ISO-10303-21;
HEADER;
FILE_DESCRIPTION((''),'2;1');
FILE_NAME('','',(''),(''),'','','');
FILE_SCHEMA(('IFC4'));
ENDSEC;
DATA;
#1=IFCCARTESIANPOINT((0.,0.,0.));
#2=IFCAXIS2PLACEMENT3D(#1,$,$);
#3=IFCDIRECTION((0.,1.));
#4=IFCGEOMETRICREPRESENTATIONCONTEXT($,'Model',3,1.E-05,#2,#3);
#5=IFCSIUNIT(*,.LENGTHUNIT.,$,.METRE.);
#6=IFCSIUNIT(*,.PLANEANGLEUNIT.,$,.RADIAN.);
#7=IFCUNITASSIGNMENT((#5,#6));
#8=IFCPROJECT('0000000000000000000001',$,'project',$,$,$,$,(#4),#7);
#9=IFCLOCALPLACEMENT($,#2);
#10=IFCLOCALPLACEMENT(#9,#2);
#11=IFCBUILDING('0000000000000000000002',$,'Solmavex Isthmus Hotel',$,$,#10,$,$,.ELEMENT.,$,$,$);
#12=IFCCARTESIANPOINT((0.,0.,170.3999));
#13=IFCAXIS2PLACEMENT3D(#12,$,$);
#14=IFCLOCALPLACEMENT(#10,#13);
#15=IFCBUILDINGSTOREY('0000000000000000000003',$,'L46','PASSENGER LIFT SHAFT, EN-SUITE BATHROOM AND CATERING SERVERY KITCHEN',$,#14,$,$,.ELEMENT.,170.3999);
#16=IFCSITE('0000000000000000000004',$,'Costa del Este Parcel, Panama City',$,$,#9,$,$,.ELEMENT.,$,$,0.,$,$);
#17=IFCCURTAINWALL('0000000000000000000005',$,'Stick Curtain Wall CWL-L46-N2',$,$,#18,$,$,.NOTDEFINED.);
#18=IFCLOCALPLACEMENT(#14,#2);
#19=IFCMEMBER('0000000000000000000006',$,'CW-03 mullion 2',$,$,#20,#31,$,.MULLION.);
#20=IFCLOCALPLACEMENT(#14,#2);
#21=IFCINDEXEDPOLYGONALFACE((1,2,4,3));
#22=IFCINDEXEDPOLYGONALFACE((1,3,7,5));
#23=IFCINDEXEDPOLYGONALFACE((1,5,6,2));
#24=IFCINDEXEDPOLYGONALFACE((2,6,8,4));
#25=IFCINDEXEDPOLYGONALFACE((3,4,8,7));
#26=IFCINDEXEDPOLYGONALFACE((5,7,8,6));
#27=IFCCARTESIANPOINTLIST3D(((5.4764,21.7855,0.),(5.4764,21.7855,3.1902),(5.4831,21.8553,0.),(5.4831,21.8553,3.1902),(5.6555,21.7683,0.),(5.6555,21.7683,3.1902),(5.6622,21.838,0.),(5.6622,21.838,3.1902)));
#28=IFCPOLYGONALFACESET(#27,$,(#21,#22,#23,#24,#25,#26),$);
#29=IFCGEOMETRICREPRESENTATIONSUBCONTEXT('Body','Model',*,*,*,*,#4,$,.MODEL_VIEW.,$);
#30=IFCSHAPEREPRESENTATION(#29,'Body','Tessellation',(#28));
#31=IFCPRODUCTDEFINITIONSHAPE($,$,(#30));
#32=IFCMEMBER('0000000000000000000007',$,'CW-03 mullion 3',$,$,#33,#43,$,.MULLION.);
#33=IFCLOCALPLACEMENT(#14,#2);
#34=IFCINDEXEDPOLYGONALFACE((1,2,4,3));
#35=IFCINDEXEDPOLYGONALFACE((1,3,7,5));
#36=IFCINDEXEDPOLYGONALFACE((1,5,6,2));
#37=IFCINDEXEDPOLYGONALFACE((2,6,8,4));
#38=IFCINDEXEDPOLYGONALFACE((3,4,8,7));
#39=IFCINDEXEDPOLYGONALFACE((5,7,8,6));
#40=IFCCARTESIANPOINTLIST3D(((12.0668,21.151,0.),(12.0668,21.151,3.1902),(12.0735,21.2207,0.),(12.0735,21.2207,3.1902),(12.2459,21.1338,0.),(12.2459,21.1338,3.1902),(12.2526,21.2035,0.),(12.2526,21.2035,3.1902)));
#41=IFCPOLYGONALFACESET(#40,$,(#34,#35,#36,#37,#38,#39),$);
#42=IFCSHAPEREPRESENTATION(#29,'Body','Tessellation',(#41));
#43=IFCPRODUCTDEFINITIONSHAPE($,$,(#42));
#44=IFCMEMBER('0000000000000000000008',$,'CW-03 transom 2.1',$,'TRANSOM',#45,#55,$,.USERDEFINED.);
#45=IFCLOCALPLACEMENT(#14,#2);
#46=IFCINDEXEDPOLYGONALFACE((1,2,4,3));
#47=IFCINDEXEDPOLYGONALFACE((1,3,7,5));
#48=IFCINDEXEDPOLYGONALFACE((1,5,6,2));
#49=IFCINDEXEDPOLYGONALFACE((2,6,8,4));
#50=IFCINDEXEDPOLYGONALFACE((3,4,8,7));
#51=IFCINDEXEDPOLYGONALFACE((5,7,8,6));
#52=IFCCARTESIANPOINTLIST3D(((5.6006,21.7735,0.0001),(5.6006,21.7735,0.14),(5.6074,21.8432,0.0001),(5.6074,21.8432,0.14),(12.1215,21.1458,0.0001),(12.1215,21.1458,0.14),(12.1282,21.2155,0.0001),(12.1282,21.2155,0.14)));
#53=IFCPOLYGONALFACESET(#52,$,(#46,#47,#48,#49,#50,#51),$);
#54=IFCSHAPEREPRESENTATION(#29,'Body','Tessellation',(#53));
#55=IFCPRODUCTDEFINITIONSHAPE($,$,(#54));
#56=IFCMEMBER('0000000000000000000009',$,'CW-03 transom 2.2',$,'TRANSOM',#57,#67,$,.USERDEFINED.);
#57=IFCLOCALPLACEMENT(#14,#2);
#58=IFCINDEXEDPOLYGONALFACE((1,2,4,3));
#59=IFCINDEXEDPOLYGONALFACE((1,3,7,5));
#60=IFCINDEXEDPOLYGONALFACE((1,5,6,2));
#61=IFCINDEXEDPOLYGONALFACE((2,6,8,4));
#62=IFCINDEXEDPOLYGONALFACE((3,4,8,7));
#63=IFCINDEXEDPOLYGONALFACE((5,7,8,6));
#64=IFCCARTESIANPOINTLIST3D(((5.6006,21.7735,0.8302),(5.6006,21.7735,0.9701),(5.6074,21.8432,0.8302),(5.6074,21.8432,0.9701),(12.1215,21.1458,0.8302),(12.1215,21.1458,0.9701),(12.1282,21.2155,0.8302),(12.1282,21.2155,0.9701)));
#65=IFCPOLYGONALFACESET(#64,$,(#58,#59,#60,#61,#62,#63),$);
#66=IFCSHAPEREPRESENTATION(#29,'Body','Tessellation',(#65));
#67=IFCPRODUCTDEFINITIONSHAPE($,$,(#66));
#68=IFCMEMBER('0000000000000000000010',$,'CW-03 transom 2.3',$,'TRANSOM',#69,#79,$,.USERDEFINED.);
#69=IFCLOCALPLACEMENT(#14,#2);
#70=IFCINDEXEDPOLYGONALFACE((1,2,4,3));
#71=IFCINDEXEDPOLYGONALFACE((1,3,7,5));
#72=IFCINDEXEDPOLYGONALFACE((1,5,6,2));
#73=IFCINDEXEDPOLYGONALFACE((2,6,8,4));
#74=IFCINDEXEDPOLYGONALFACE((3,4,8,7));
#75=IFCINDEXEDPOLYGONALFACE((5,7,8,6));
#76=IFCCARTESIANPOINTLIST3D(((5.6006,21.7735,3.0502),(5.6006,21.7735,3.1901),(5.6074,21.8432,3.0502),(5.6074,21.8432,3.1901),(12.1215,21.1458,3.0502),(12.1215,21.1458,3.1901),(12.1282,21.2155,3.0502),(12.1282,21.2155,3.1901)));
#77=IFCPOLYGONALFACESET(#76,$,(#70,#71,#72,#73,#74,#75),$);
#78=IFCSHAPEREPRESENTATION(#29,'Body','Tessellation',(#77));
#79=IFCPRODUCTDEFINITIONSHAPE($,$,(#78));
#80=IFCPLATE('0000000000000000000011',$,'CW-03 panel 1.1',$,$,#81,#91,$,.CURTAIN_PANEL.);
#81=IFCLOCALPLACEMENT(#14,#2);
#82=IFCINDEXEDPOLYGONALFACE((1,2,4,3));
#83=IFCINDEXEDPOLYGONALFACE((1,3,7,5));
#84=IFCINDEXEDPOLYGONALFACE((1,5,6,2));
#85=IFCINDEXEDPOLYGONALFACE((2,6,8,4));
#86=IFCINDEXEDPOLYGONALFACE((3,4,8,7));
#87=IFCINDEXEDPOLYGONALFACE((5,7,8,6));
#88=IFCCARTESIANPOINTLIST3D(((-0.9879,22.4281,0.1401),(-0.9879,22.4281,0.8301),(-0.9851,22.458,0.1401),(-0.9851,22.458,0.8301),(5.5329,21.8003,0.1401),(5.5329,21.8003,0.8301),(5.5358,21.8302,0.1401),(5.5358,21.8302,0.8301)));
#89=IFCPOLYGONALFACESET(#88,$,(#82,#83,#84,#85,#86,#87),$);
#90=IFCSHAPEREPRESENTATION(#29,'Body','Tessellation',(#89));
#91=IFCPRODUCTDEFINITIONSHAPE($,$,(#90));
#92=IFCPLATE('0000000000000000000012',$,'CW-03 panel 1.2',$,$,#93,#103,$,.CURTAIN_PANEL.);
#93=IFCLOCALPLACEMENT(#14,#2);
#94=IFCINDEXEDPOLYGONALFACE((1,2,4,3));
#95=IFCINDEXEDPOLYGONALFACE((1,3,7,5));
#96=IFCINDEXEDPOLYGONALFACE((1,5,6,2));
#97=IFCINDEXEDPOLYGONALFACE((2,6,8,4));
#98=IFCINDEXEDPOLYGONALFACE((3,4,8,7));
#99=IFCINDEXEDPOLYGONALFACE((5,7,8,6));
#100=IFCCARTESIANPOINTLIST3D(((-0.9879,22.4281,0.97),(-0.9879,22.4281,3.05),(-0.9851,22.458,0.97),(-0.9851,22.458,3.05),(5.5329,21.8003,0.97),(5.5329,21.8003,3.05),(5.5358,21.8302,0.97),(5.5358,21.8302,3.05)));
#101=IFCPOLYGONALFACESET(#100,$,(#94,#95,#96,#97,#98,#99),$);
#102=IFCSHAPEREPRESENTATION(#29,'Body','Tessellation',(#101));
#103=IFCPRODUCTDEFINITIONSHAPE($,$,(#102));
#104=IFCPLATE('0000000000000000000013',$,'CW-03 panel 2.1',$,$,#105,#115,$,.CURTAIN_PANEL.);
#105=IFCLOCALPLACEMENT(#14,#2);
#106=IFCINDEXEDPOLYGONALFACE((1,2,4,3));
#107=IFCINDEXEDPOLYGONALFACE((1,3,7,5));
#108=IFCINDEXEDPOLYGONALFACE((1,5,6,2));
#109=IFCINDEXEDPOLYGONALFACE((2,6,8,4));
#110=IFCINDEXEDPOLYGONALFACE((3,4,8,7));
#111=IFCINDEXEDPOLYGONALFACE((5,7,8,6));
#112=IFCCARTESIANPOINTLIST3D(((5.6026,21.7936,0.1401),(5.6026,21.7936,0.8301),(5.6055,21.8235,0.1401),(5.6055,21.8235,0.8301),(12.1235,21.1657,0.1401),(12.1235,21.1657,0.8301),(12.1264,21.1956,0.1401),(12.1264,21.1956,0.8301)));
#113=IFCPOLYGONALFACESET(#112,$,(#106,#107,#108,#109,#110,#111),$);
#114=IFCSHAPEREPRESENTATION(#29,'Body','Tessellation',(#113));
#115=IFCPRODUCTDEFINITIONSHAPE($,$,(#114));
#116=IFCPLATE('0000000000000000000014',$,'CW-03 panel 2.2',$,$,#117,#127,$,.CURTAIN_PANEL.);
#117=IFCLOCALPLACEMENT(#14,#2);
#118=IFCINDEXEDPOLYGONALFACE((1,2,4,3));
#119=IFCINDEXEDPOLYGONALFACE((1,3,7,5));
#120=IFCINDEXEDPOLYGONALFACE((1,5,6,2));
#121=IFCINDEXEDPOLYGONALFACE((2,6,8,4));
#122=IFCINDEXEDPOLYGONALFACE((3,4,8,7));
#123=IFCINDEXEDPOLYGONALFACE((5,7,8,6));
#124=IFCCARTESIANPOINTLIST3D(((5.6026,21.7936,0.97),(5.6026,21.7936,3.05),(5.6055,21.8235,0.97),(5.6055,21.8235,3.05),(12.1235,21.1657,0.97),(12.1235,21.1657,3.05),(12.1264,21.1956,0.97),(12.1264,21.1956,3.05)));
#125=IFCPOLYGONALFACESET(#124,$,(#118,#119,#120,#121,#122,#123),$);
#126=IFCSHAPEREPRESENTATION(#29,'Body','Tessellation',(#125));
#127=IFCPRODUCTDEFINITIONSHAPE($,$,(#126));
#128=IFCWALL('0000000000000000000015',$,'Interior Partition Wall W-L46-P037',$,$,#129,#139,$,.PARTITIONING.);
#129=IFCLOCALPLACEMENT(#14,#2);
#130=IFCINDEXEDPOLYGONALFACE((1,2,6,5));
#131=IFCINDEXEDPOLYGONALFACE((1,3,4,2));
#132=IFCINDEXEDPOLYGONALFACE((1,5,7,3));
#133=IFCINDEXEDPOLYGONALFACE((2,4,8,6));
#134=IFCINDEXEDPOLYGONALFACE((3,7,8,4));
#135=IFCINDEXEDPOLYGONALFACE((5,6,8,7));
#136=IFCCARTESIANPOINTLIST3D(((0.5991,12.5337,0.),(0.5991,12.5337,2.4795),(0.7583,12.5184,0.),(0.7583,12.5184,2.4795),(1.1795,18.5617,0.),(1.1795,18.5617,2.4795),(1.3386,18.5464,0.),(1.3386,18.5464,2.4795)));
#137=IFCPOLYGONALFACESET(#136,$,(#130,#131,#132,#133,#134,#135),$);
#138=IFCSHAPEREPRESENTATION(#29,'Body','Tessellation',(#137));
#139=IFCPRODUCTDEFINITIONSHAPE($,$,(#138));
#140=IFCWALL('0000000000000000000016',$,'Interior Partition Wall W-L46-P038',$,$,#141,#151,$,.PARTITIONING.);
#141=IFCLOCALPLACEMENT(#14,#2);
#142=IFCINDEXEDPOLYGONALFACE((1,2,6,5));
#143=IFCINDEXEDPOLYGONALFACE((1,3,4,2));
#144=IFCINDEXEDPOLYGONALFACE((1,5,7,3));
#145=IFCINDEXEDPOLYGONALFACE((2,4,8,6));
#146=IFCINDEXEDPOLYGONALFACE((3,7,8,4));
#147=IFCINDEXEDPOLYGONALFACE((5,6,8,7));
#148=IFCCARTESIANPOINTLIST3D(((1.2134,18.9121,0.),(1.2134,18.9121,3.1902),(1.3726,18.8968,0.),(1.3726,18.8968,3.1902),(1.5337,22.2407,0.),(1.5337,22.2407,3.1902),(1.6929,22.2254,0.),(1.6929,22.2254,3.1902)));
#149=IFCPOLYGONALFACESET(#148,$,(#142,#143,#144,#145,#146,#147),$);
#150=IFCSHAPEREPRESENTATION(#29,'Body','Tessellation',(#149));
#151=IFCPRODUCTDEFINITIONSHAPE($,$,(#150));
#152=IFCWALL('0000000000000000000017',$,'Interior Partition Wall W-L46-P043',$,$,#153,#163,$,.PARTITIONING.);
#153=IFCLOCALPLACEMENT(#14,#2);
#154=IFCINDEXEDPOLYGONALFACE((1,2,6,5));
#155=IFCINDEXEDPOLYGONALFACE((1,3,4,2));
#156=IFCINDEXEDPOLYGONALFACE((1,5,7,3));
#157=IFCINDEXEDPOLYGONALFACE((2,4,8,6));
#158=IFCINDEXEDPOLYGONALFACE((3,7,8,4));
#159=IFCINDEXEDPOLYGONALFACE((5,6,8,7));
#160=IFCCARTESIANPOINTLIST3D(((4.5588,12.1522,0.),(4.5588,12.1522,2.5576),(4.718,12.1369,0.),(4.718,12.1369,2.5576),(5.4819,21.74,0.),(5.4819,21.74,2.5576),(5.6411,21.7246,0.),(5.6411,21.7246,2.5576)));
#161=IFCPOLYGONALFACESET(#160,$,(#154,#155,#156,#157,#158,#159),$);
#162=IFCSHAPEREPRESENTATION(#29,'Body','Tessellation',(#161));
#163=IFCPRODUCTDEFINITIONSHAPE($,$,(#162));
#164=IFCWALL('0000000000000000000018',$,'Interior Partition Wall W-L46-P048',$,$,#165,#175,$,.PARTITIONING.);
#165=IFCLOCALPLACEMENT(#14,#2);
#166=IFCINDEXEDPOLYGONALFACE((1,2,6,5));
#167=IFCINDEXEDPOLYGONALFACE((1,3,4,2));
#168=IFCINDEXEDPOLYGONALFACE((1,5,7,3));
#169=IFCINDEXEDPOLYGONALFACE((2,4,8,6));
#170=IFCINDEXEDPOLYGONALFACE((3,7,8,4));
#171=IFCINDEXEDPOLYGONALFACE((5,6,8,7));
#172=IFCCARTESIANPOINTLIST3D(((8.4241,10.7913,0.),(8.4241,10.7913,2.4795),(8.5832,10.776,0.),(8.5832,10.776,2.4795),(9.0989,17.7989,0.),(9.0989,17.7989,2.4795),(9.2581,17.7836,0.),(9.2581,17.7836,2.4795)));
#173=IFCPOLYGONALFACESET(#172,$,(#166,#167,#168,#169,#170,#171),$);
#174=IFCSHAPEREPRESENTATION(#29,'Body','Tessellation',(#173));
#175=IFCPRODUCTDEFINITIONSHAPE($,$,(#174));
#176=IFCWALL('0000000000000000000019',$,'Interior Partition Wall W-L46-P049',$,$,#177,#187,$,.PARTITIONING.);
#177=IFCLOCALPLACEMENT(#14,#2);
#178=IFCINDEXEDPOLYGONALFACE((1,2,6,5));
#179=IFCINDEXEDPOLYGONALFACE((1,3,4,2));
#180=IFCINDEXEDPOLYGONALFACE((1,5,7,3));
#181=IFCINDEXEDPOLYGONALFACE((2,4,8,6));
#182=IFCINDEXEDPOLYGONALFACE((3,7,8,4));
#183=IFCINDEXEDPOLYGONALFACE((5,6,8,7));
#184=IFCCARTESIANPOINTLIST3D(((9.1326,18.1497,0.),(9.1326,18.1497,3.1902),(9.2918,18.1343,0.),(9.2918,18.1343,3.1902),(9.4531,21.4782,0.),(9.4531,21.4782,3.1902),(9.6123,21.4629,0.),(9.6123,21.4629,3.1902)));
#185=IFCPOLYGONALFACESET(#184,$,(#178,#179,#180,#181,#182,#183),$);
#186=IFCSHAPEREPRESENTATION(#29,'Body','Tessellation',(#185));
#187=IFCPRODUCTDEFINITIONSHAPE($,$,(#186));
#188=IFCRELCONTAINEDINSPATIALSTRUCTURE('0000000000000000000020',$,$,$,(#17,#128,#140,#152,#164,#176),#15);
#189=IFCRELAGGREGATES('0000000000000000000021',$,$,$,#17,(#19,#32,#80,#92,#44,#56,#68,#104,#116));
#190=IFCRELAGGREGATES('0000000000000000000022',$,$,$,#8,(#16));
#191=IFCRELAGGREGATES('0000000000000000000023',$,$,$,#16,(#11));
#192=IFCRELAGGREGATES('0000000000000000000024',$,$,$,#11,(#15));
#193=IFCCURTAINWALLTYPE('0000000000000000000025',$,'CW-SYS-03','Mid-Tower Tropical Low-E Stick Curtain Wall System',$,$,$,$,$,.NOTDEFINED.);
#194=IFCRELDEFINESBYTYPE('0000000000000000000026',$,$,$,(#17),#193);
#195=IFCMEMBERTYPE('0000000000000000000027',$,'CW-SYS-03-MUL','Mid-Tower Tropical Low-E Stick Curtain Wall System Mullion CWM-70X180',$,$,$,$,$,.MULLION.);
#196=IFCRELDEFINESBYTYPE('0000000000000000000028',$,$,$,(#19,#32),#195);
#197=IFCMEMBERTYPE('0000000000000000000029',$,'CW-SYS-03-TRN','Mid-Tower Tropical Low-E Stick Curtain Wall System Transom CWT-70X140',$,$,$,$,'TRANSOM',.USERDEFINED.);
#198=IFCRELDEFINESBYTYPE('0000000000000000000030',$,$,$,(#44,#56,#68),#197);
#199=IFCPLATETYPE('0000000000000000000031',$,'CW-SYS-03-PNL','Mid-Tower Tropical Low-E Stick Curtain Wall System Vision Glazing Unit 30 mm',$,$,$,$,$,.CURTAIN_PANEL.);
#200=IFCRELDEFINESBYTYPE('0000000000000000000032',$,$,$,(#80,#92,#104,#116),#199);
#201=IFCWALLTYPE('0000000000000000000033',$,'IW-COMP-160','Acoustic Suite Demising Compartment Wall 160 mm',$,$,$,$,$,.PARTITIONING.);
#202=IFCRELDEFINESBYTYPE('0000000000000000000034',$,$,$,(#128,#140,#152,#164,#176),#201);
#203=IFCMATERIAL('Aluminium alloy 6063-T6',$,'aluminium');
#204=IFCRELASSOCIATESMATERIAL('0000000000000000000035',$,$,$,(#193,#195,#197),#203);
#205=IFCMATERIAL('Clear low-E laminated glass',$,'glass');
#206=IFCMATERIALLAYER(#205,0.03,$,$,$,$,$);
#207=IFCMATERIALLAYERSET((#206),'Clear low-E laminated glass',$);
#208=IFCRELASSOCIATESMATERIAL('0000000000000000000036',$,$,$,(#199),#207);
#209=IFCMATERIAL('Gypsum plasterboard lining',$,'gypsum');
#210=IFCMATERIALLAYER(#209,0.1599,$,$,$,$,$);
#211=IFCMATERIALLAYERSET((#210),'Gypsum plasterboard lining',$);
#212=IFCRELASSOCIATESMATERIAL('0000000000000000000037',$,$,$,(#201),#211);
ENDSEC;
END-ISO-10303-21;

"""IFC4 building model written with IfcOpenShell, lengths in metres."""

from ifc_helpers import new_model, si_unit, direction, frame, frame_2d, origin, origin_2d, place, context, subcontext, project, spatial, rectangle, extrude, material, layer, layer_set, material_profile, profile_set, type_object, element, aggregate, save


model = new_model("IFC4")

# Units and contexts
model_context = context("Model", 3, precision=1e-05, world=origin(), true_north=direction((0.0, 1.0)))
body_context = subcontext(model_context, "Body", "Model", "MODEL_VIEW")
ifc_project = project(units=[si_unit("LENGTHUNIT", "METRE"), si_unit("PLANEANGLEUNIT", "RADIAN")], contexts=[model_context])

# Site, building, storey
site_placement = place(None, origin())
site = spatial("IfcSite", under=ifc_project, at=site_placement, Name="Costa del Este Parcel, Panama City", CompositionType="ELEMENT", RefElevation=0.0)
building_placement = place(site_placement, origin())
building = spatial("IfcBuilding", under=site, at=building_placement, Name="Solmavex Isthmus Hotel", CompositionType="ELEMENT")
storey_placement = place(building_placement, frame((0.0, 0.0, 170.3999)))
storey = spatial("IfcBuildingStorey", under=building, at=storey_placement, Name="L46", Description="PASSENGER LIFT SHAFT, EN-SUITE BATHROOM AND CATERING SERVERY KITCHEN", CompositionType="ELEMENT", Elevation=170.3999)

# Curtain wall, members, plates
ifc_material_1 = material(Name="Aluminium alloy 6063-T6", Category="aluminium")
curtain_wall_type = type_object("IfcCurtainWallType", Name="CW-SYS-03", Description="Mid-Tower Tropical Low-E Stick Curtain Wall System", PredefinedType="NOTDEFINED", material=ifc_material_1)
curtain_wall_placement = place(storey_placement, origin())
curtain_wall = element("IfcCurtainWall", 1, at=curtain_wall_placement, inside=storey, type_object=curtain_wall_type, Name="Stick Curtain Wall CWL-L46-N2", PredefinedType="NOTDEFINED")
ifc_material_profile_1 = material_profile(ifc_material_1, rectangle(XDim=0.0701, YDim=0.1799, at=origin_2d()), Name="CWM-70X180")
ifc_profile_set_1 = profile_set([ifc_material_profile_1], Name="Aluminium alloy 6063-T6")
member_type_1 = type_object("IfcMemberType", Name="CW-SYS-03-MUL", Description="Mid-Tower Tropical Low-E Stick Curtain Wall System Mullion CWM-70X180", PredefinedType="MULLION", material=ifc_profile_set_1)
member_1_placement = place(storey_placement, frame((5.5693, 21.8118, 0.0), z_axis=(0.0, 0.0, 1.0), x_axis=(0.095845, 0.995396, 0.0)))
member_1 = element("IfcMember", 2, at=member_1_placement, type_object=member_type_1, Name="CW-03 mullion 2", PredefinedType="MULLION", context=body_context, shape_type="SweptSolid", body=[
    extrude(rectangle(XDim=0.0701, YDim=0.1799, at=origin_2d()), origin(), (0.0, 0.0, 1.0), 3.1902),
])
member_2_placement = place(storey_placement, frame((12.1597, 21.1772, 0.0), z_axis=(0.0, 0.0, 1.0), x_axis=(0.095845, 0.995396, 0.0)))
member_2 = element("IfcMember", 3, at=member_2_placement, type_object=member_type_1, Name="CW-03 mullion 3", PredefinedType="MULLION", context=body_context, shape_type="SweptSolid", body=[
    extrude(rectangle(XDim=0.0701, YDim=0.1799, at=origin_2d()), origin(), (0.0, 0.0, 1.0), 3.1902),
])
ifc_material_profile_2 = material_profile(ifc_material_1, rectangle(XDim=0.0701, YDim=0.1399, at=origin_2d()), Name="CWT-70X140")
ifc_profile_set_2 = profile_set([ifc_material_profile_2], Name="Aluminium alloy 6063-T6")
member_type_2 = type_object("IfcMemberType", Name="CW-SYS-03-TRN", Description="Mid-Tower Tropical Low-E Stick Curtain Wall System Transom CWT-70X140", ElementType="TRANSOM", PredefinedType="USERDEFINED", material=ifc_profile_set_2)
member_3_placement = place(storey_placement, frame((5.604, 21.8083, 0.0701), z_axis=(0.995399, -0.095813, 0.0), x_axis=(0.095813, 0.995399, 0.0)))
member_3 = element("IfcMember", 4, at=member_3_placement, type_object=member_type_2, Name="CW-03 transom 2.1", ObjectType="TRANSOM", PredefinedType="USERDEFINED", context=body_context, shape_type="SweptSolid", body=[
    extrude(rectangle(XDim=0.0701, YDim=0.1399, at=origin_2d()), origin(), (0.0, 0.0, 1.0), 6.551),
])
member_4_placement = place(storey_placement, frame((5.604, 21.8083, 0.9001), z_axis=(0.995399, -0.095813, 0.0), x_axis=(0.095813, 0.995399, 0.0)))
member_4 = element("IfcMember", 5, at=member_4_placement, type_object=member_type_2, Name="CW-03 transom 2.2", ObjectType="TRANSOM", PredefinedType="USERDEFINED", context=body_context, shape_type="SweptSolid", body=[
    extrude(rectangle(XDim=0.0701, YDim=0.1399, at=origin_2d()), origin(), (0.0, 0.0, 1.0), 6.551),
])
member_5_placement = place(storey_placement, frame((5.604, 21.8083, 3.1201), z_axis=(0.995399, -0.095813, 0.0), x_axis=(0.095813, 0.995399, 0.0)))
member_5 = element("IfcMember", 6, at=member_5_placement, type_object=member_type_2, Name="CW-03 transom 2.3", ObjectType="TRANSOM", PredefinedType="USERDEFINED", context=body_context, shape_type="SweptSolid", body=[
    extrude(rectangle(XDim=0.0701, YDim=0.1399, at=origin_2d()), origin(), (0.0, 0.0, 1.0), 6.551),
])
ifc_material_2 = material(Name="Clear low-E laminated glass", Category="glass")
ifc_layer_1 = layer(ifc_material_2, 0.03)
ifc_layer_set_1 = layer_set([ifc_layer_1], Name="Clear low-E laminated glass")
plate_type = type_object("IfcPlateType", Name="CW-SYS-03-PNL", Description="Mid-Tower Tropical Low-E Stick Curtain Wall System Vision Glazing Unit 30 mm", PredefinedType="CURTAIN_PANEL", material=ifc_layer_set_1)
plate_1_placement = place(storey_placement, frame((2.2739, 22.1292, 0.1401), z_axis=(0.0, 0.0, 1.0), x_axis=(0.995396, -0.095845, 0.0)))
plate_1 = element("IfcPlate", 7, at=plate_1_placement, type_object=plate_type, Name="CW-03 panel 1.1", PredefinedType="CURTAIN_PANEL", context=body_context, shape_type="SweptSolid", body=[
    extrude(rectangle(XDim=6.551, YDim=0.03, at=origin_2d()), origin(), (0.0, 0.0, 1.0), 0.6899),
])
plate_2_placement = place(storey_placement, frame((2.2739, 22.1292, 0.97), z_axis=(0.0, 0.0, 1.0), x_axis=(0.995396, -0.095845, 0.0)))
plate_2 = element("IfcPlate", 8, at=plate_2_placement, type_object=plate_type, Name="CW-03 panel 1.2", PredefinedType="CURTAIN_PANEL", context=body_context, shape_type="SweptSolid", body=[
    extrude(rectangle(XDim=6.551, YDim=0.03, at=origin_2d()), origin(), (0.0, 0.0, 1.0), 2.0801),
])
plate_3_placement = place(storey_placement, frame((8.8645, 21.4946, 0.1401), z_axis=(0.0, 0.0, 1.0), x_axis=(0.995396, -0.095845, 0.0)))
plate_3 = element("IfcPlate", 9, at=plate_3_placement, type_object=plate_type, Name="CW-03 panel 2.1", PredefinedType="CURTAIN_PANEL", context=body_context, shape_type="SweptSolid", body=[
    extrude(rectangle(XDim=6.551, YDim=0.03, at=origin_2d()), origin(), (0.0, 0.0, 1.0), 0.6899),
])
plate_4_placement = place(storey_placement, frame((8.8645, 21.4946, 0.97), z_axis=(0.0, 0.0, 1.0), x_axis=(0.995396, -0.095845, 0.0)))
plate_4 = element("IfcPlate", 10, at=plate_4_placement, type_object=plate_type, Name="CW-03 panel 2.2", PredefinedType="CURTAIN_PANEL", context=body_context, shape_type="SweptSolid", body=[
    extrude(rectangle(XDim=6.551, YDim=0.03, at=origin_2d()), origin(), (0.0, 0.0, 1.0), 2.0801),
])
aggregate(curtain_wall, [member_1, member_2, plate_1, plate_2, member_3, member_4, member_5, plate_3, plate_4])

# Walls
ifc_material_3 = material(Name="Gypsum plasterboard lining", Category="gypsum")
ifc_layer_2 = layer(ifc_material_3, 0.1599)
ifc_layer_set_2 = layer_set([ifc_layer_2], Name="Gypsum plasterboard lining")
wall_type_1 = type_object("IfcWallType", Name="IW-COMP-160", Description="Acoustic Suite Demising Compartment Wall 160 mm", PredefinedType="PARTITIONING", material=ifc_layer_set_2)
wall_1_placement = place(storey_placement, frame((1.259, 18.554, 0.0), z_axis=(0.0, 0.0, 1.0), x_axis=(-0.095827, -0.995398, 0.0)))
element("IfcWall", 11, at=wall_1_placement, inside=storey, type_object=wall_type_1, Name="Interior Partition Wall W-L46-P037", PredefinedType="PARTITIONING", context=body_context, shape_type="SweptSolid", body=[
    extrude(rectangle(XDim=6.0559, YDim=0.1599, at=frame_2d((3.0278, 0.0))), origin(), (0.0, 0.0, 1.0), 2.4795),
])
wall_2_placement = place(storey_placement, frame((1.6133, 22.2329, 0.0), z_axis=(0.0, 0.0, 1.0), x_axis=(-0.095788, -0.995402, 0.0)))
element("IfcWall", 12, at=wall_2_placement, inside=storey, type_object=wall_type_1, Name="Interior Partition Wall W-L46-P038", PredefinedType="PARTITIONING", context=body_context, shape_type="SweptSolid", body=[
    extrude(rectangle(XDim=3.344, YDim=0.1599, at=frame_2d((1.6719, 0.0))), origin(), (0.0, 0.0, 1.0), 3.1902),
])
wall_3_placement = place(storey_placement, frame((5.5615, 21.7322, 0.0), z_axis=(0.0, 0.0, 1.0), x_axis=(-0.095837, -0.995397, 0.0)))
element("IfcWall", 13, at=wall_3_placement, inside=storey, type_object=wall_type_1, Name="Interior Partition Wall W-L46-P043", PredefinedType="PARTITIONING", context=body_context, shape_type="SweptSolid", body=[
    extrude(rectangle(XDim=9.6321, YDim=0.1599, at=frame_2d((4.8159, 0.0))), origin(), (0.0, 0.0, 1.0), 2.5576),
])
wall_4_placement = place(storey_placement, frame((9.1785, 17.7913, 0.0), z_axis=(0.0, 0.0, 1.0), x_axis=(-0.095853, -0.995395, 0.0)))
element("IfcWall", 14, at=wall_4_placement, inside=storey, type_object=wall_type_1, Name="Interior Partition Wall W-L46-P048", PredefinedType="PARTITIONING", context=body_context, shape_type="SweptSolid", body=[
    extrude(rectangle(XDim=7.04, YDim=0.1599, at=frame_2d((3.52, 0.0))), origin(), (0.0, 0.0, 1.0), 2.4795),
])
wall_5_placement = place(storey_placement, frame((9.5327, 21.4705, 0.0), z_axis=(0.0, 0.0, 1.0), x_axis=(-0.09586, -0.995395, 0.0)))
element("IfcWall", 15, at=wall_5_placement, inside=storey, type_object=wall_type_1, Name="Interior Partition Wall W-L46-P049", PredefinedType="PARTITIONING", context=body_context, shape_type="SweptSolid", body=[
    extrude(rectangle(XDim=3.344, YDim=0.1599, at=frame_2d((1.6719, 0.0))), origin(), (0.0, 0.0, 1.0), 3.1902),
])

save(model, "model.ifc")
